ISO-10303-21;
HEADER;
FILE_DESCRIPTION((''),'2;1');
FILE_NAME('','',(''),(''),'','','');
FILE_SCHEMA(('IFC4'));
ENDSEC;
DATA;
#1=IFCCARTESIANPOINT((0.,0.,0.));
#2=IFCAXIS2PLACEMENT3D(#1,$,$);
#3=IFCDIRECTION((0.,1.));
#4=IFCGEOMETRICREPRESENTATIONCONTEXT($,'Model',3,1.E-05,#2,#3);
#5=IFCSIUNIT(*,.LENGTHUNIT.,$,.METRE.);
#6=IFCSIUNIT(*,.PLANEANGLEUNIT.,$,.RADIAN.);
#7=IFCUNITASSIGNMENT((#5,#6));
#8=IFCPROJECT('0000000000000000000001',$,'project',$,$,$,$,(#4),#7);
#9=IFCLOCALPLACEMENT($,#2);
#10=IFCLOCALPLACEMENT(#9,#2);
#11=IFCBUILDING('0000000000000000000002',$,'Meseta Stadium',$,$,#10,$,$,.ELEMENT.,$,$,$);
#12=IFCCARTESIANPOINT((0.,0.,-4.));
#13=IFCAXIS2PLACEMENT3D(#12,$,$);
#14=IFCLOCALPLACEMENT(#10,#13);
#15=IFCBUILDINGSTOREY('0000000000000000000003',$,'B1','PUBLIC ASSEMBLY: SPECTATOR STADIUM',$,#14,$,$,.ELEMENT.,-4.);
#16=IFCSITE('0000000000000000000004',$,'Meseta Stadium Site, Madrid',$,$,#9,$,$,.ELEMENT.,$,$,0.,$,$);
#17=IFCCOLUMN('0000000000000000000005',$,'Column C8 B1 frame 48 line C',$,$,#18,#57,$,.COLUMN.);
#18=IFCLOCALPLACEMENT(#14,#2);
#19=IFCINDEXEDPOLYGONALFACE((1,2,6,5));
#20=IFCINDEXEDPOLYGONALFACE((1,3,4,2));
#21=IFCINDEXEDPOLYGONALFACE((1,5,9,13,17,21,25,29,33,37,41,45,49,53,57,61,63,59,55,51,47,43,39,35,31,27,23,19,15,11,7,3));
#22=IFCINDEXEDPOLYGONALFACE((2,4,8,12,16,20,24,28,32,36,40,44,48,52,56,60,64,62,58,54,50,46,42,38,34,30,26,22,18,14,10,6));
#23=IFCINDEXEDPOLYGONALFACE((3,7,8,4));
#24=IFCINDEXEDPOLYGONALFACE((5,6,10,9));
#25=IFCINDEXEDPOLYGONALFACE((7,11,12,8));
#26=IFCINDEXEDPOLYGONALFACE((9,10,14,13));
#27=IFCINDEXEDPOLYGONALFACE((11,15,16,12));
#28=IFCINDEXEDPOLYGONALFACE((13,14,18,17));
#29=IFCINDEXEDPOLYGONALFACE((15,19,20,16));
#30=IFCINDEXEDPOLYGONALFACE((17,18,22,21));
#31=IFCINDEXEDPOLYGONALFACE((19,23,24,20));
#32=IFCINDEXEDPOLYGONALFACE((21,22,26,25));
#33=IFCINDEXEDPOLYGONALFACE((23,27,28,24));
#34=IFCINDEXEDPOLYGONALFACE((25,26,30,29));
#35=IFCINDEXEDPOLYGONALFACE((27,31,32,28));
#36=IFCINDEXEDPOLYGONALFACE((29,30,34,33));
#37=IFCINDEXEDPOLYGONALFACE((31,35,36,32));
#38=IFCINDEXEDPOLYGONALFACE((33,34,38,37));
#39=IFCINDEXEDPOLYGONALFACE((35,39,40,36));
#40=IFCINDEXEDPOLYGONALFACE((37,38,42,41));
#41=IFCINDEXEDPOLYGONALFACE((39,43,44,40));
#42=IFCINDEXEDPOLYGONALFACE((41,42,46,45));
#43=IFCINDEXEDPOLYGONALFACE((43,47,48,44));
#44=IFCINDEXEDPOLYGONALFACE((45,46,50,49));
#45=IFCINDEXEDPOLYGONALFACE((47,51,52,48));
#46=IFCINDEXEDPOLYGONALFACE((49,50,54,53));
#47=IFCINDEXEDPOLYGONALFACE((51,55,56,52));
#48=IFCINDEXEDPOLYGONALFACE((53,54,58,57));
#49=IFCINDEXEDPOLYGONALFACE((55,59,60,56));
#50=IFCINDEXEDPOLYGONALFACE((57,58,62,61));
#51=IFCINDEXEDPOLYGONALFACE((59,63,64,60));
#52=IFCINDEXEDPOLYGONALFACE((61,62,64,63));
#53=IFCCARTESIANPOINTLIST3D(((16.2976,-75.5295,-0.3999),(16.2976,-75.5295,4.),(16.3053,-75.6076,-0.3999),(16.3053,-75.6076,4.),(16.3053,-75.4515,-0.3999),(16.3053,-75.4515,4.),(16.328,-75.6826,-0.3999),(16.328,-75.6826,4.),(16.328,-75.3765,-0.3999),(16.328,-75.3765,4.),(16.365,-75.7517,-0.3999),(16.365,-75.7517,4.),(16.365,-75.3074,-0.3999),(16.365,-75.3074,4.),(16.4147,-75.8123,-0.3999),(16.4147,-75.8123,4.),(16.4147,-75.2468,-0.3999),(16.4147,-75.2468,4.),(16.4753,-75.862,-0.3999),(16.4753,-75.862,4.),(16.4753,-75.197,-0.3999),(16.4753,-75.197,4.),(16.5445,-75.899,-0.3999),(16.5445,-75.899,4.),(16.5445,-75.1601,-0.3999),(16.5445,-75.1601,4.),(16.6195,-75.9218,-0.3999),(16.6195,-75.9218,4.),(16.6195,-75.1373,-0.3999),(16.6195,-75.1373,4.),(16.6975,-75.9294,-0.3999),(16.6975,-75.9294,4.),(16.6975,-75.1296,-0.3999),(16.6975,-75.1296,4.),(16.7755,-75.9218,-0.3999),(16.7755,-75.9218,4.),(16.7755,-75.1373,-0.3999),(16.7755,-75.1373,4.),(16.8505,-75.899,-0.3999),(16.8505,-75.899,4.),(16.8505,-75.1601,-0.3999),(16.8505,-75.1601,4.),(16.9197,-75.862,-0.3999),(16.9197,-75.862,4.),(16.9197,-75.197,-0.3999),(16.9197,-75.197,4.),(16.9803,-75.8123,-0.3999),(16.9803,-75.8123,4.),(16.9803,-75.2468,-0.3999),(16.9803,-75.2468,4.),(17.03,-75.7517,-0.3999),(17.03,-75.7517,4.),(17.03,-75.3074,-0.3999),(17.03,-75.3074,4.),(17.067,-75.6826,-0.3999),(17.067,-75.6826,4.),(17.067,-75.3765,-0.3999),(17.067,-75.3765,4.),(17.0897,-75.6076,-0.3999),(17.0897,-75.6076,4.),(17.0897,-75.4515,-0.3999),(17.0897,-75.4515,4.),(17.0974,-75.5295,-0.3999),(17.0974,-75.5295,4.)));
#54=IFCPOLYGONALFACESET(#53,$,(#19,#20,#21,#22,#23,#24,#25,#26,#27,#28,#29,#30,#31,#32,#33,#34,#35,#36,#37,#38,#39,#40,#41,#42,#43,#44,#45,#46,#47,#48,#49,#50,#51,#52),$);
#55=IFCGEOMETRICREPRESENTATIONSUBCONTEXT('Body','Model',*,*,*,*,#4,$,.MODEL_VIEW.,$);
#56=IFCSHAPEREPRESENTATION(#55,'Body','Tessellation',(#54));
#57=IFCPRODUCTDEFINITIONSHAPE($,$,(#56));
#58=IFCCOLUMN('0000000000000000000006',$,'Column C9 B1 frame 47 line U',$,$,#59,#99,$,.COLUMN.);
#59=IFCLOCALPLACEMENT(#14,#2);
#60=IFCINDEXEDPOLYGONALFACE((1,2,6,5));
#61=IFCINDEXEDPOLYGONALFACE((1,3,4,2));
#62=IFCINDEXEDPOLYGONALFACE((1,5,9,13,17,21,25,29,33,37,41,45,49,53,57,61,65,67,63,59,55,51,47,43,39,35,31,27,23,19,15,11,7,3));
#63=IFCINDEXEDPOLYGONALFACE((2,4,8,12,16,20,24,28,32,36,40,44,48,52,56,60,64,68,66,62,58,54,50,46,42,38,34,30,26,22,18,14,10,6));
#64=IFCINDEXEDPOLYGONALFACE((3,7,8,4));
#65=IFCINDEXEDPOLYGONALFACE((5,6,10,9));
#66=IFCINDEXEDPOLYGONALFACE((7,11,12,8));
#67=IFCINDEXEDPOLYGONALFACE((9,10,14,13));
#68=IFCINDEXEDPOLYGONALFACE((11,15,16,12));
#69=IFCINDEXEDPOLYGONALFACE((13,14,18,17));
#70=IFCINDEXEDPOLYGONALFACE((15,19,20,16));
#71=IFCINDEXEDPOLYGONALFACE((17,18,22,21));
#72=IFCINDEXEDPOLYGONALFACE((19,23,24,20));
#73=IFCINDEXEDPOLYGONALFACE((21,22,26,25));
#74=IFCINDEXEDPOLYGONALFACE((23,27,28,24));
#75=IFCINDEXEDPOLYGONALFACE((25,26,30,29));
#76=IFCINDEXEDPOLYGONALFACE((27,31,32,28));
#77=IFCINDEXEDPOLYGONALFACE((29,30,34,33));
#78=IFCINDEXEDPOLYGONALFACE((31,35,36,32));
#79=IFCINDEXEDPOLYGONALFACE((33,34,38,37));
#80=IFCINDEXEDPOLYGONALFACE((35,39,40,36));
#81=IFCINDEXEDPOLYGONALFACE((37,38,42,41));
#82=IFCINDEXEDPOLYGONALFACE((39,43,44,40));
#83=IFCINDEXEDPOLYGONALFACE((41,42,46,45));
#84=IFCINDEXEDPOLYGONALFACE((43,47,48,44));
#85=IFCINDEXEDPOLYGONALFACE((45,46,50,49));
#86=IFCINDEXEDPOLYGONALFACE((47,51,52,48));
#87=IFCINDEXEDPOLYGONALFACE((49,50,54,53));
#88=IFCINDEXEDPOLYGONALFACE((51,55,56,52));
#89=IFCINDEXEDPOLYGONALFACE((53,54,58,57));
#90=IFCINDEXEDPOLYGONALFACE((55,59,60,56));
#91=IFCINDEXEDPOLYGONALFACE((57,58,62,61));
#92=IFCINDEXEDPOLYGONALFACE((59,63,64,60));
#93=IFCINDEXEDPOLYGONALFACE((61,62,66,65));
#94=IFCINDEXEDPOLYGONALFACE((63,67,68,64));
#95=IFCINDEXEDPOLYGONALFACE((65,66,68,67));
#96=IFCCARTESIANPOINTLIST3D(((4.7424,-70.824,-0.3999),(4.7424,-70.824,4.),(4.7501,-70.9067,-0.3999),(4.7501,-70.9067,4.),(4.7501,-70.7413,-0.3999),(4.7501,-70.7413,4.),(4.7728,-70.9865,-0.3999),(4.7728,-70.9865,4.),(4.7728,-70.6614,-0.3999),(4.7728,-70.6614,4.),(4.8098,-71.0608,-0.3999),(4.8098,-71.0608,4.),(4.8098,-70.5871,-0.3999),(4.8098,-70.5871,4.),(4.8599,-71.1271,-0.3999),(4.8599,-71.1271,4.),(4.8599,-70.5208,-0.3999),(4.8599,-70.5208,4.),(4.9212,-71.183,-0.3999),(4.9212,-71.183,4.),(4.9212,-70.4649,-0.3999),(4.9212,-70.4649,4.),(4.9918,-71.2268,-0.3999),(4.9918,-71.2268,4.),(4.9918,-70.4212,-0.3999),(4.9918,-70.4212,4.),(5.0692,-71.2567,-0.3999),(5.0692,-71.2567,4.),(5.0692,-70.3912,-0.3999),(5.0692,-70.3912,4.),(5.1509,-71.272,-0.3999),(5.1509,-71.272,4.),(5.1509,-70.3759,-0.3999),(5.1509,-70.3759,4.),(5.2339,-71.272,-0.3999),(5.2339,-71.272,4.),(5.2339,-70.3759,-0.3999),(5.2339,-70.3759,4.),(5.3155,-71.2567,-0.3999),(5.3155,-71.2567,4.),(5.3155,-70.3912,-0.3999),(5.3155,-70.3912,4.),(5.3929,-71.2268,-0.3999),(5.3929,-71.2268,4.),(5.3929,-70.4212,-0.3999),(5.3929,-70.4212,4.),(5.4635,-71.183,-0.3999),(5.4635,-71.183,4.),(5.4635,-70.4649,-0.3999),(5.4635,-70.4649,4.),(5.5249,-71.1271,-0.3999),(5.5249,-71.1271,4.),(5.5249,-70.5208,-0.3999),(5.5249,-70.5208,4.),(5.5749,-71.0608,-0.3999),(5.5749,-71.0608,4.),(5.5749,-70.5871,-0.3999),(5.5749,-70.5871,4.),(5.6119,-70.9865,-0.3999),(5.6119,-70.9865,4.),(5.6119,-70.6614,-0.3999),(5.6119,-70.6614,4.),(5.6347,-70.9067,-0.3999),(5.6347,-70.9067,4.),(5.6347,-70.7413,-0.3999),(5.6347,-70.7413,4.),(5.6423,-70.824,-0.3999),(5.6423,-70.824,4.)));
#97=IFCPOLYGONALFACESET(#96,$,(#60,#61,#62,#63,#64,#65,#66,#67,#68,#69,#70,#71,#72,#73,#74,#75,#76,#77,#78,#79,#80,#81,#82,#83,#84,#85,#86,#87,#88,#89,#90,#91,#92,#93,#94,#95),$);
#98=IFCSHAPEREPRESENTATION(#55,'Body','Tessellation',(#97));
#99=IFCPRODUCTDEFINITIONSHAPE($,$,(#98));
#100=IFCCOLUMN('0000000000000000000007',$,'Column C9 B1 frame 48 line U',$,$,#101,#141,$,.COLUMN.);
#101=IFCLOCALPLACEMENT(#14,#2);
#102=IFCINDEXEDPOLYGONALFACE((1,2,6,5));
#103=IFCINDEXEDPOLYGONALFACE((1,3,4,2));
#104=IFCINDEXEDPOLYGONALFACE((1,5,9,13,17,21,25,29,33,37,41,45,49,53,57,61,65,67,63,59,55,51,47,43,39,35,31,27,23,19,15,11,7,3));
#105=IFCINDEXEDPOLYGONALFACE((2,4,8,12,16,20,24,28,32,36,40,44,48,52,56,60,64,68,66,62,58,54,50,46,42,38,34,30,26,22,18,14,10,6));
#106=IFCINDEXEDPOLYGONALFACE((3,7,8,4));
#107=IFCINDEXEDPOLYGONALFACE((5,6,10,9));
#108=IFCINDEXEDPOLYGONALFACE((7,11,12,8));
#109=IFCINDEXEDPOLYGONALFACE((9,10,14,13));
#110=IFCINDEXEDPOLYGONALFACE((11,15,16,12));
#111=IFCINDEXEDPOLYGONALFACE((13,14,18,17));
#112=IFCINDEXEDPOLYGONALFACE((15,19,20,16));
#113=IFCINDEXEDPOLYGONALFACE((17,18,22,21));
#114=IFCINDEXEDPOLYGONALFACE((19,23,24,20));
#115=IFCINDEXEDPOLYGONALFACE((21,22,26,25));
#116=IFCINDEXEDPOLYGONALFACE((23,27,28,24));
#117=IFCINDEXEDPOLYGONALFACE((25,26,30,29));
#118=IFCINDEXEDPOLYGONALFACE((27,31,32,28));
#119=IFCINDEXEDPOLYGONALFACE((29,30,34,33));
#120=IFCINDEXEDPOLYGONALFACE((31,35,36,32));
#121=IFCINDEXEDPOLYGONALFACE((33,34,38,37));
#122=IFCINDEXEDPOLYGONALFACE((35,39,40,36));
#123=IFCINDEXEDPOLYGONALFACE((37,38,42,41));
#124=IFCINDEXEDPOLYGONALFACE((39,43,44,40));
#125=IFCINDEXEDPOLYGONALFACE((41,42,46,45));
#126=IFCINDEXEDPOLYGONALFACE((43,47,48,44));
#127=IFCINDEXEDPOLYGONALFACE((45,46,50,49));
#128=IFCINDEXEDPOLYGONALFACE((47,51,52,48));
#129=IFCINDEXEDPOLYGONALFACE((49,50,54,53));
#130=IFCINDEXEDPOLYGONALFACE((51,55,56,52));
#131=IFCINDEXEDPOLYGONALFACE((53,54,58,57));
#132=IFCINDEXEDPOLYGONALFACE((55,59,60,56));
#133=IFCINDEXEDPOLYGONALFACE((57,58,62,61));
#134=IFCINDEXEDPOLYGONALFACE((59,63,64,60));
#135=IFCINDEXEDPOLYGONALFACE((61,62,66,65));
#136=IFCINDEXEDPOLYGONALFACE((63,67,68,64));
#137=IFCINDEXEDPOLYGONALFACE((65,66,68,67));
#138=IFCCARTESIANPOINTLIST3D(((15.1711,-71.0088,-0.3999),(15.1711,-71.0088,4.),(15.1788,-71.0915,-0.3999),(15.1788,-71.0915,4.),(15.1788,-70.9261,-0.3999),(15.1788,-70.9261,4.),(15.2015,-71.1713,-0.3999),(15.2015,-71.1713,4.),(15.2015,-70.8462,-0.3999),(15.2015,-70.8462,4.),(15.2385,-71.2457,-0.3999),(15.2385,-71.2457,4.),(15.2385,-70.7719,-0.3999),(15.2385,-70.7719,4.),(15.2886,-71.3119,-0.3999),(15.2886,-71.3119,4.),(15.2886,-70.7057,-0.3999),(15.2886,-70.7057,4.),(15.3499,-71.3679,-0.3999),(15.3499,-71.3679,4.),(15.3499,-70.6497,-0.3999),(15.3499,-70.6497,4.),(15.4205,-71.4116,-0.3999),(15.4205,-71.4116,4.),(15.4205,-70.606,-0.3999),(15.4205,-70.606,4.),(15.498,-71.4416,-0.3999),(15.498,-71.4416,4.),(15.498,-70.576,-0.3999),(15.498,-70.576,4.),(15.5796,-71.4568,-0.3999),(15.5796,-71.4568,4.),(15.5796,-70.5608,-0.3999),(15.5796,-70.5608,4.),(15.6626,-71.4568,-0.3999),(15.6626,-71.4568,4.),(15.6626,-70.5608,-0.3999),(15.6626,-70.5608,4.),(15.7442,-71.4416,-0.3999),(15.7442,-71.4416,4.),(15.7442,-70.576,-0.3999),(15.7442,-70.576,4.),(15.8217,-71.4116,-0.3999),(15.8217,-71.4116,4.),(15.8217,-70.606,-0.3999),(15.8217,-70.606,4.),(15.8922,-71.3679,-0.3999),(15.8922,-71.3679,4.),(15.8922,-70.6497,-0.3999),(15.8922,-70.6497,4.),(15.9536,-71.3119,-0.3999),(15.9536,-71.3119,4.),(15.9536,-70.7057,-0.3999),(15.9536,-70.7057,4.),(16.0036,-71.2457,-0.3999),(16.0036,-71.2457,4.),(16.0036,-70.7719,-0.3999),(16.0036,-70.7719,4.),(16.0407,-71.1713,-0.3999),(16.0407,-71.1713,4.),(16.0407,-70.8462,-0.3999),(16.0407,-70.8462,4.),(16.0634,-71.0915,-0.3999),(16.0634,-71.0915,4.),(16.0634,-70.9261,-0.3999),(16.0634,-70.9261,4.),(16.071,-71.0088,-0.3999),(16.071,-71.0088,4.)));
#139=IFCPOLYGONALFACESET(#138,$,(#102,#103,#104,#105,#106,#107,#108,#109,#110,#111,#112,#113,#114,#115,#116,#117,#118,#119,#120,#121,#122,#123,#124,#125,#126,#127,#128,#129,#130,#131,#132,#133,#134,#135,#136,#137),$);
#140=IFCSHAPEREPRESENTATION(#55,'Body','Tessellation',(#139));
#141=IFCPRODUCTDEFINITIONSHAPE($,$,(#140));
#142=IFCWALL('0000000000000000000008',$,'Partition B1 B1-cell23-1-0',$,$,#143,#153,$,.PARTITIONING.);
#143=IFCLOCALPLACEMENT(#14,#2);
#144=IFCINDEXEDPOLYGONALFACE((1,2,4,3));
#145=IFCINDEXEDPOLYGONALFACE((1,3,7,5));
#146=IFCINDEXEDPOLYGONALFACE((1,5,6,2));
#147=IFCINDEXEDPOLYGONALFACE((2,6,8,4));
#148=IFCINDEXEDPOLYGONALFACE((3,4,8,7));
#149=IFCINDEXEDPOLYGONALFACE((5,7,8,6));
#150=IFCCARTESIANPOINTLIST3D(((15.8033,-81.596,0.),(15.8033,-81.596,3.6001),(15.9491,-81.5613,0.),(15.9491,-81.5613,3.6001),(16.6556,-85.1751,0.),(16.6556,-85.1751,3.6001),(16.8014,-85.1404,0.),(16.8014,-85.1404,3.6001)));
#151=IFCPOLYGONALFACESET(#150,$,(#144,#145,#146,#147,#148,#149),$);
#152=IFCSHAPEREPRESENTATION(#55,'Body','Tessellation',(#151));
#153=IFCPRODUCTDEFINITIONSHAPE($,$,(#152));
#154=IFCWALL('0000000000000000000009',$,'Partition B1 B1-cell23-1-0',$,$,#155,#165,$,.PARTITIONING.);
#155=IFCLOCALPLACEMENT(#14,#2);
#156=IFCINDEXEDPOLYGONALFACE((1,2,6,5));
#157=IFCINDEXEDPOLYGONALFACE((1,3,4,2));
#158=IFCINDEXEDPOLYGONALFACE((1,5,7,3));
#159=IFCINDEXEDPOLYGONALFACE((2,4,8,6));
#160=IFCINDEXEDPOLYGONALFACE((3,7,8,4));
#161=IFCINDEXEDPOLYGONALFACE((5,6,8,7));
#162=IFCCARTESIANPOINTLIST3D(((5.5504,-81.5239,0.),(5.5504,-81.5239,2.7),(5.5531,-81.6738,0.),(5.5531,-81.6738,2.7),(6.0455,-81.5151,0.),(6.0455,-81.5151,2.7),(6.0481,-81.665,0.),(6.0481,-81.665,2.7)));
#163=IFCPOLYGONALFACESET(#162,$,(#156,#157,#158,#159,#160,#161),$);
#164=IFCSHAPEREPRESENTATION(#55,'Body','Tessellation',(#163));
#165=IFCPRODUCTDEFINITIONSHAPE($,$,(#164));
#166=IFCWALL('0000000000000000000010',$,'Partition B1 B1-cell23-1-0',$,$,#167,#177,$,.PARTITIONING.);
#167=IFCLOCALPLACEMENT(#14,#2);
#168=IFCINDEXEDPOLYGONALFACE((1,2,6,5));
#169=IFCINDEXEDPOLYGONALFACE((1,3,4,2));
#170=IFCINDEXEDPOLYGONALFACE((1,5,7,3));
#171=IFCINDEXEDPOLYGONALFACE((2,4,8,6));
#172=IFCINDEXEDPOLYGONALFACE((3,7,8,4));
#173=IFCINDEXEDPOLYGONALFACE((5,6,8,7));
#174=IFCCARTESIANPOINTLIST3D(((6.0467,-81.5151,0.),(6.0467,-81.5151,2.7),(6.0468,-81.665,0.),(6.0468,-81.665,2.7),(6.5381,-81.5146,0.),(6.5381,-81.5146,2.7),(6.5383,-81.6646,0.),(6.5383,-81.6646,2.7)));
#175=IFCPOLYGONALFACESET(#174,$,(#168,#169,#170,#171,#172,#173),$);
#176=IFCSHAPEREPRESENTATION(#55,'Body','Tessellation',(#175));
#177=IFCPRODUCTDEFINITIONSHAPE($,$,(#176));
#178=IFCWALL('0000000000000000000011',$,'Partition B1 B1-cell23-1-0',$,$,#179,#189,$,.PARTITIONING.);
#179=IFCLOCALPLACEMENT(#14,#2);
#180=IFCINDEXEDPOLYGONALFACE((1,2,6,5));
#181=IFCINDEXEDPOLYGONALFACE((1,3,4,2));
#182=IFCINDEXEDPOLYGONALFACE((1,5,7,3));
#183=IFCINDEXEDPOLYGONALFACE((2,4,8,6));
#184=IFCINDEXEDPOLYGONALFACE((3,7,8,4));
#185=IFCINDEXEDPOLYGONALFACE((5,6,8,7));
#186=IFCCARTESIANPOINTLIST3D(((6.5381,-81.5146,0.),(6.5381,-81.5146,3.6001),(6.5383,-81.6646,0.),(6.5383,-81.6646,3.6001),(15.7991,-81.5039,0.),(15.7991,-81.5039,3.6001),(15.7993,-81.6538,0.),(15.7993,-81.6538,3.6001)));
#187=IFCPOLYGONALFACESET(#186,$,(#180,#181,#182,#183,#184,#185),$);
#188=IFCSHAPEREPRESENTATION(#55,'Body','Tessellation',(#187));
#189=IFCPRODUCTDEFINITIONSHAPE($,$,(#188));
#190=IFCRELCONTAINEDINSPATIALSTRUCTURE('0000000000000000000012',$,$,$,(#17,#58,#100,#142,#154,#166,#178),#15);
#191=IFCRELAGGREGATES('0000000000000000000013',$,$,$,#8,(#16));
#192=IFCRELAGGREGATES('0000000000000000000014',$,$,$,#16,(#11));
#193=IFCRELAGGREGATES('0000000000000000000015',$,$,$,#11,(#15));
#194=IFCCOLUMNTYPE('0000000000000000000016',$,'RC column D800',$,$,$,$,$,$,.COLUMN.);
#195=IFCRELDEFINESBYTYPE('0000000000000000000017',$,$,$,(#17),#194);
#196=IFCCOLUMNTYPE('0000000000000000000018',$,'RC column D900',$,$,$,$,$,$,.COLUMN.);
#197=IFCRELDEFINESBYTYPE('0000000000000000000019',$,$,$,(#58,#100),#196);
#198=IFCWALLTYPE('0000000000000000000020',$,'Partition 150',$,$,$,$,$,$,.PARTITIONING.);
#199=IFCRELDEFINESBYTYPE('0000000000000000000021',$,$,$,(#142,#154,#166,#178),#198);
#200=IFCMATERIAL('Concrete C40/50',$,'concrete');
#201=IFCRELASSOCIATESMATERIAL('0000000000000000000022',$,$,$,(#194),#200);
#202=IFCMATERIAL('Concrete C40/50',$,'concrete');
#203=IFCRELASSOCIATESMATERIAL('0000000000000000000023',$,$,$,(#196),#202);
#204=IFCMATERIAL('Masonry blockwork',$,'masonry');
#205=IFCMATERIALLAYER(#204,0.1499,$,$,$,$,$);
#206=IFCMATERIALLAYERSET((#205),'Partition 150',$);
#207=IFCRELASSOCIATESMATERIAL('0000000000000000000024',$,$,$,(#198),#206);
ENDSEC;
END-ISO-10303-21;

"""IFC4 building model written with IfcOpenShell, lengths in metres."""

from ifc_helpers import new_model, si_unit, direction, frame, frame_2d, origin, origin_2d, place, context, subcontext, project, spatial, rectangle, circle, extrude, material, layer, layer_set, material_profile, profile_set, type_object, element, save


model = new_model("IFC4")

# Units and contexts
model_context = context("Model", 3, precision=1e-05, world=origin(), true_north=direction((0.0, 1.0)))
body_context = subcontext(model_context, "Body", "Model", "MODEL_VIEW")
ifc_project = project(units=[si_unit("LENGTHUNIT", "METRE"), si_unit("PLANEANGLEUNIT", "RADIAN")], contexts=[model_context])

# Site, building, storey
site_placement = place(None, origin())
site = spatial("IfcSite", under=ifc_project, at=site_placement, Name="Meseta Stadium Site, Madrid", CompositionType="ELEMENT", RefElevation=0.0)
building_placement = place(site_placement, origin())
building = spatial("IfcBuilding", under=site, at=building_placement, Name="Meseta Stadium", CompositionType="ELEMENT")
storey_placement = place(building_placement, frame((0.0, 0.0, -4.0)))
storey = spatial("IfcBuildingStorey", under=building, at=storey_placement, Name="B1", Description="PUBLIC ASSEMBLY: SPECTATOR STADIUM", CompositionType="ELEMENT", Elevation=-4.0)

# Columns
ifc_material_1 = material(Name="Concrete C40/50", Category="concrete")
ifc_material_profile_1 = material_profile(ifc_material_1, circle(Radius=0.3999, at=origin_2d()), Name="RC D800")
ifc_profile_set_1 = profile_set([ifc_material_profile_1], Name="Concrete C40/50")
column_type_1 = type_object("IfcColumnType", Name="RC column D800", PredefinedType="COLUMN", material=ifc_profile_set_1)
for number, where, z_axis, x_axis, name in (
    (1, (16.6975, -75.5295, -0.3999), (0.0, 0.0, 1.0), (1.0, 0.0, 0.0), "Column C8 B1 frame 48 line C"),
):
    element("IfcColumn", number, at=place(storey_placement, frame(where, z_axis=z_axis, x_axis=x_axis)), inside=storey, type_object=column_type_1, Name=name, PredefinedType="COLUMN", context=body_context, shape_type="SweptSolid", body=[
        extrude(circle(Radius=0.3999, at=origin_2d()), origin(), (0.0, 0.0, 1.0), 4.3999),
    ])
ifc_material_2 = material(Name="Concrete C40/50", Category="concrete")
ifc_material_profile_2 = material_profile(ifc_material_2, circle(Radius=0.45, at=origin_2d()), Name="RC D900")
ifc_profile_set_2 = profile_set([ifc_material_profile_2], Name="Concrete C40/50")
column_type_2 = type_object("IfcColumnType", Name="RC column D900", PredefinedType="COLUMN", material=ifc_profile_set_2)
for number, where, z_axis, x_axis, name in (
    (2, (5.1924, -70.824, -0.3999), (0.0, 0.0, 1.0), (1.0, 0.0, 0.0), "Column C9 B1 frame 47 line U"),
    (3, (15.6211, -71.0088, -0.3999), (0.0, 0.0, 1.0), (1.0, 0.0, 0.0), "Column C9 B1 frame 48 line U"),
):
    element("IfcColumn", number, at=place(storey_placement, frame(where, z_axis=z_axis, x_axis=x_axis)), inside=storey, type_object=column_type_2, Name=name, PredefinedType="COLUMN", context=body_context, shape_type="SweptSolid", body=[
        extrude(circle(Radius=0.45, at=origin_2d()), origin(), (0.0, 0.0, 1.0), 4.3999),
    ])

# Walls
ifc_material_3 = material(Name="Masonry blockwork", Category="masonry")
ifc_layer = layer(ifc_material_3, 0.1499)
ifc_layer_set = layer_set([ifc_layer], Name="Partition 150")
wall_type = type_object("IfcWallType", Name="Partition 150", PredefinedType="PARTITIONING", material=ifc_layer_set)
wall_1_placement = place(storey_placement, frame((15.8762, -81.5786, 0.0), z_axis=(0.0, 0.0, 1.0), x_axis=(0.231653, -0.972798, 0.0)))
element("IfcWall", 4, at=wall_1_placement, inside=storey, type_object=wall_type, Name="Partition B1 B1-cell23-1-0", PredefinedType="PARTITIONING", context=body_context, shape_type="SweptSolid", body=[
    extrude(rectangle(XDim=3.6792, YDim=0.1499, at=frame_2d((1.8396, 0.0))), origin(), (0.0, 0.0, 1.0), 3.6001),
])
wall_2_placement = place(storey_placement, frame((5.5518, -81.5989, 0.0), z_axis=(0.0, 0.0, 1.0), x_axis=(0.999842, 0.017749, 0.0)))
element("IfcWall", 5, at=wall_2_placement, inside=storey, type_object=wall_type, Name="Partition B1 B1-cell23-1-0", PredefinedType="PARTITIONING", context=body_context, shape_type="SweptSolid", body=[
    extrude(rectangle(XDim=0.4951, YDim=0.1499, at=frame_2d((0.2476, 0.0))), origin(), (0.0, 0.0, 1.0), 2.7),
])
wall_3_placement = place(storey_placement, frame((6.0469, -81.5901, 0.0), z_axis=(0.0, 0.0, 1.0), x_axis=(1.0, 0.000994, 0.0)))
element("IfcWall", 6, at=wall_3_placement, inside=storey, type_object=wall_type, Name="Partition B1 B1-cell23-1-0", PredefinedType="PARTITIONING", context=body_context, shape_type="SweptSolid", body=[
    extrude(rectangle(XDim=0.4915, YDim=0.1499, at=frame_2d((0.2456, 0.0))), origin(), (0.0, 0.0, 1.0), 2.7),
])
wall_4_placement = place(storey_placement, frame((6.5383, -81.5896, 0.0), z_axis=(0.0, 0.0, 1.0), x_axis=(0.999999, 0.00116, 0.0)))
element("IfcWall", 7, at=wall_4_placement, inside=storey, type_object=wall_type, Name="Partition B1 B1-cell23-1-0", PredefinedType="PARTITIONING", context=body_context, shape_type="SweptSolid", body=[
    extrude(rectangle(XDim=9.261, YDim=0.1499, at=frame_2d((4.6304, 0.0))), origin(), (0.0, 0.0, 1.0), 3.6001),
])

save(model, "model.ifc")
